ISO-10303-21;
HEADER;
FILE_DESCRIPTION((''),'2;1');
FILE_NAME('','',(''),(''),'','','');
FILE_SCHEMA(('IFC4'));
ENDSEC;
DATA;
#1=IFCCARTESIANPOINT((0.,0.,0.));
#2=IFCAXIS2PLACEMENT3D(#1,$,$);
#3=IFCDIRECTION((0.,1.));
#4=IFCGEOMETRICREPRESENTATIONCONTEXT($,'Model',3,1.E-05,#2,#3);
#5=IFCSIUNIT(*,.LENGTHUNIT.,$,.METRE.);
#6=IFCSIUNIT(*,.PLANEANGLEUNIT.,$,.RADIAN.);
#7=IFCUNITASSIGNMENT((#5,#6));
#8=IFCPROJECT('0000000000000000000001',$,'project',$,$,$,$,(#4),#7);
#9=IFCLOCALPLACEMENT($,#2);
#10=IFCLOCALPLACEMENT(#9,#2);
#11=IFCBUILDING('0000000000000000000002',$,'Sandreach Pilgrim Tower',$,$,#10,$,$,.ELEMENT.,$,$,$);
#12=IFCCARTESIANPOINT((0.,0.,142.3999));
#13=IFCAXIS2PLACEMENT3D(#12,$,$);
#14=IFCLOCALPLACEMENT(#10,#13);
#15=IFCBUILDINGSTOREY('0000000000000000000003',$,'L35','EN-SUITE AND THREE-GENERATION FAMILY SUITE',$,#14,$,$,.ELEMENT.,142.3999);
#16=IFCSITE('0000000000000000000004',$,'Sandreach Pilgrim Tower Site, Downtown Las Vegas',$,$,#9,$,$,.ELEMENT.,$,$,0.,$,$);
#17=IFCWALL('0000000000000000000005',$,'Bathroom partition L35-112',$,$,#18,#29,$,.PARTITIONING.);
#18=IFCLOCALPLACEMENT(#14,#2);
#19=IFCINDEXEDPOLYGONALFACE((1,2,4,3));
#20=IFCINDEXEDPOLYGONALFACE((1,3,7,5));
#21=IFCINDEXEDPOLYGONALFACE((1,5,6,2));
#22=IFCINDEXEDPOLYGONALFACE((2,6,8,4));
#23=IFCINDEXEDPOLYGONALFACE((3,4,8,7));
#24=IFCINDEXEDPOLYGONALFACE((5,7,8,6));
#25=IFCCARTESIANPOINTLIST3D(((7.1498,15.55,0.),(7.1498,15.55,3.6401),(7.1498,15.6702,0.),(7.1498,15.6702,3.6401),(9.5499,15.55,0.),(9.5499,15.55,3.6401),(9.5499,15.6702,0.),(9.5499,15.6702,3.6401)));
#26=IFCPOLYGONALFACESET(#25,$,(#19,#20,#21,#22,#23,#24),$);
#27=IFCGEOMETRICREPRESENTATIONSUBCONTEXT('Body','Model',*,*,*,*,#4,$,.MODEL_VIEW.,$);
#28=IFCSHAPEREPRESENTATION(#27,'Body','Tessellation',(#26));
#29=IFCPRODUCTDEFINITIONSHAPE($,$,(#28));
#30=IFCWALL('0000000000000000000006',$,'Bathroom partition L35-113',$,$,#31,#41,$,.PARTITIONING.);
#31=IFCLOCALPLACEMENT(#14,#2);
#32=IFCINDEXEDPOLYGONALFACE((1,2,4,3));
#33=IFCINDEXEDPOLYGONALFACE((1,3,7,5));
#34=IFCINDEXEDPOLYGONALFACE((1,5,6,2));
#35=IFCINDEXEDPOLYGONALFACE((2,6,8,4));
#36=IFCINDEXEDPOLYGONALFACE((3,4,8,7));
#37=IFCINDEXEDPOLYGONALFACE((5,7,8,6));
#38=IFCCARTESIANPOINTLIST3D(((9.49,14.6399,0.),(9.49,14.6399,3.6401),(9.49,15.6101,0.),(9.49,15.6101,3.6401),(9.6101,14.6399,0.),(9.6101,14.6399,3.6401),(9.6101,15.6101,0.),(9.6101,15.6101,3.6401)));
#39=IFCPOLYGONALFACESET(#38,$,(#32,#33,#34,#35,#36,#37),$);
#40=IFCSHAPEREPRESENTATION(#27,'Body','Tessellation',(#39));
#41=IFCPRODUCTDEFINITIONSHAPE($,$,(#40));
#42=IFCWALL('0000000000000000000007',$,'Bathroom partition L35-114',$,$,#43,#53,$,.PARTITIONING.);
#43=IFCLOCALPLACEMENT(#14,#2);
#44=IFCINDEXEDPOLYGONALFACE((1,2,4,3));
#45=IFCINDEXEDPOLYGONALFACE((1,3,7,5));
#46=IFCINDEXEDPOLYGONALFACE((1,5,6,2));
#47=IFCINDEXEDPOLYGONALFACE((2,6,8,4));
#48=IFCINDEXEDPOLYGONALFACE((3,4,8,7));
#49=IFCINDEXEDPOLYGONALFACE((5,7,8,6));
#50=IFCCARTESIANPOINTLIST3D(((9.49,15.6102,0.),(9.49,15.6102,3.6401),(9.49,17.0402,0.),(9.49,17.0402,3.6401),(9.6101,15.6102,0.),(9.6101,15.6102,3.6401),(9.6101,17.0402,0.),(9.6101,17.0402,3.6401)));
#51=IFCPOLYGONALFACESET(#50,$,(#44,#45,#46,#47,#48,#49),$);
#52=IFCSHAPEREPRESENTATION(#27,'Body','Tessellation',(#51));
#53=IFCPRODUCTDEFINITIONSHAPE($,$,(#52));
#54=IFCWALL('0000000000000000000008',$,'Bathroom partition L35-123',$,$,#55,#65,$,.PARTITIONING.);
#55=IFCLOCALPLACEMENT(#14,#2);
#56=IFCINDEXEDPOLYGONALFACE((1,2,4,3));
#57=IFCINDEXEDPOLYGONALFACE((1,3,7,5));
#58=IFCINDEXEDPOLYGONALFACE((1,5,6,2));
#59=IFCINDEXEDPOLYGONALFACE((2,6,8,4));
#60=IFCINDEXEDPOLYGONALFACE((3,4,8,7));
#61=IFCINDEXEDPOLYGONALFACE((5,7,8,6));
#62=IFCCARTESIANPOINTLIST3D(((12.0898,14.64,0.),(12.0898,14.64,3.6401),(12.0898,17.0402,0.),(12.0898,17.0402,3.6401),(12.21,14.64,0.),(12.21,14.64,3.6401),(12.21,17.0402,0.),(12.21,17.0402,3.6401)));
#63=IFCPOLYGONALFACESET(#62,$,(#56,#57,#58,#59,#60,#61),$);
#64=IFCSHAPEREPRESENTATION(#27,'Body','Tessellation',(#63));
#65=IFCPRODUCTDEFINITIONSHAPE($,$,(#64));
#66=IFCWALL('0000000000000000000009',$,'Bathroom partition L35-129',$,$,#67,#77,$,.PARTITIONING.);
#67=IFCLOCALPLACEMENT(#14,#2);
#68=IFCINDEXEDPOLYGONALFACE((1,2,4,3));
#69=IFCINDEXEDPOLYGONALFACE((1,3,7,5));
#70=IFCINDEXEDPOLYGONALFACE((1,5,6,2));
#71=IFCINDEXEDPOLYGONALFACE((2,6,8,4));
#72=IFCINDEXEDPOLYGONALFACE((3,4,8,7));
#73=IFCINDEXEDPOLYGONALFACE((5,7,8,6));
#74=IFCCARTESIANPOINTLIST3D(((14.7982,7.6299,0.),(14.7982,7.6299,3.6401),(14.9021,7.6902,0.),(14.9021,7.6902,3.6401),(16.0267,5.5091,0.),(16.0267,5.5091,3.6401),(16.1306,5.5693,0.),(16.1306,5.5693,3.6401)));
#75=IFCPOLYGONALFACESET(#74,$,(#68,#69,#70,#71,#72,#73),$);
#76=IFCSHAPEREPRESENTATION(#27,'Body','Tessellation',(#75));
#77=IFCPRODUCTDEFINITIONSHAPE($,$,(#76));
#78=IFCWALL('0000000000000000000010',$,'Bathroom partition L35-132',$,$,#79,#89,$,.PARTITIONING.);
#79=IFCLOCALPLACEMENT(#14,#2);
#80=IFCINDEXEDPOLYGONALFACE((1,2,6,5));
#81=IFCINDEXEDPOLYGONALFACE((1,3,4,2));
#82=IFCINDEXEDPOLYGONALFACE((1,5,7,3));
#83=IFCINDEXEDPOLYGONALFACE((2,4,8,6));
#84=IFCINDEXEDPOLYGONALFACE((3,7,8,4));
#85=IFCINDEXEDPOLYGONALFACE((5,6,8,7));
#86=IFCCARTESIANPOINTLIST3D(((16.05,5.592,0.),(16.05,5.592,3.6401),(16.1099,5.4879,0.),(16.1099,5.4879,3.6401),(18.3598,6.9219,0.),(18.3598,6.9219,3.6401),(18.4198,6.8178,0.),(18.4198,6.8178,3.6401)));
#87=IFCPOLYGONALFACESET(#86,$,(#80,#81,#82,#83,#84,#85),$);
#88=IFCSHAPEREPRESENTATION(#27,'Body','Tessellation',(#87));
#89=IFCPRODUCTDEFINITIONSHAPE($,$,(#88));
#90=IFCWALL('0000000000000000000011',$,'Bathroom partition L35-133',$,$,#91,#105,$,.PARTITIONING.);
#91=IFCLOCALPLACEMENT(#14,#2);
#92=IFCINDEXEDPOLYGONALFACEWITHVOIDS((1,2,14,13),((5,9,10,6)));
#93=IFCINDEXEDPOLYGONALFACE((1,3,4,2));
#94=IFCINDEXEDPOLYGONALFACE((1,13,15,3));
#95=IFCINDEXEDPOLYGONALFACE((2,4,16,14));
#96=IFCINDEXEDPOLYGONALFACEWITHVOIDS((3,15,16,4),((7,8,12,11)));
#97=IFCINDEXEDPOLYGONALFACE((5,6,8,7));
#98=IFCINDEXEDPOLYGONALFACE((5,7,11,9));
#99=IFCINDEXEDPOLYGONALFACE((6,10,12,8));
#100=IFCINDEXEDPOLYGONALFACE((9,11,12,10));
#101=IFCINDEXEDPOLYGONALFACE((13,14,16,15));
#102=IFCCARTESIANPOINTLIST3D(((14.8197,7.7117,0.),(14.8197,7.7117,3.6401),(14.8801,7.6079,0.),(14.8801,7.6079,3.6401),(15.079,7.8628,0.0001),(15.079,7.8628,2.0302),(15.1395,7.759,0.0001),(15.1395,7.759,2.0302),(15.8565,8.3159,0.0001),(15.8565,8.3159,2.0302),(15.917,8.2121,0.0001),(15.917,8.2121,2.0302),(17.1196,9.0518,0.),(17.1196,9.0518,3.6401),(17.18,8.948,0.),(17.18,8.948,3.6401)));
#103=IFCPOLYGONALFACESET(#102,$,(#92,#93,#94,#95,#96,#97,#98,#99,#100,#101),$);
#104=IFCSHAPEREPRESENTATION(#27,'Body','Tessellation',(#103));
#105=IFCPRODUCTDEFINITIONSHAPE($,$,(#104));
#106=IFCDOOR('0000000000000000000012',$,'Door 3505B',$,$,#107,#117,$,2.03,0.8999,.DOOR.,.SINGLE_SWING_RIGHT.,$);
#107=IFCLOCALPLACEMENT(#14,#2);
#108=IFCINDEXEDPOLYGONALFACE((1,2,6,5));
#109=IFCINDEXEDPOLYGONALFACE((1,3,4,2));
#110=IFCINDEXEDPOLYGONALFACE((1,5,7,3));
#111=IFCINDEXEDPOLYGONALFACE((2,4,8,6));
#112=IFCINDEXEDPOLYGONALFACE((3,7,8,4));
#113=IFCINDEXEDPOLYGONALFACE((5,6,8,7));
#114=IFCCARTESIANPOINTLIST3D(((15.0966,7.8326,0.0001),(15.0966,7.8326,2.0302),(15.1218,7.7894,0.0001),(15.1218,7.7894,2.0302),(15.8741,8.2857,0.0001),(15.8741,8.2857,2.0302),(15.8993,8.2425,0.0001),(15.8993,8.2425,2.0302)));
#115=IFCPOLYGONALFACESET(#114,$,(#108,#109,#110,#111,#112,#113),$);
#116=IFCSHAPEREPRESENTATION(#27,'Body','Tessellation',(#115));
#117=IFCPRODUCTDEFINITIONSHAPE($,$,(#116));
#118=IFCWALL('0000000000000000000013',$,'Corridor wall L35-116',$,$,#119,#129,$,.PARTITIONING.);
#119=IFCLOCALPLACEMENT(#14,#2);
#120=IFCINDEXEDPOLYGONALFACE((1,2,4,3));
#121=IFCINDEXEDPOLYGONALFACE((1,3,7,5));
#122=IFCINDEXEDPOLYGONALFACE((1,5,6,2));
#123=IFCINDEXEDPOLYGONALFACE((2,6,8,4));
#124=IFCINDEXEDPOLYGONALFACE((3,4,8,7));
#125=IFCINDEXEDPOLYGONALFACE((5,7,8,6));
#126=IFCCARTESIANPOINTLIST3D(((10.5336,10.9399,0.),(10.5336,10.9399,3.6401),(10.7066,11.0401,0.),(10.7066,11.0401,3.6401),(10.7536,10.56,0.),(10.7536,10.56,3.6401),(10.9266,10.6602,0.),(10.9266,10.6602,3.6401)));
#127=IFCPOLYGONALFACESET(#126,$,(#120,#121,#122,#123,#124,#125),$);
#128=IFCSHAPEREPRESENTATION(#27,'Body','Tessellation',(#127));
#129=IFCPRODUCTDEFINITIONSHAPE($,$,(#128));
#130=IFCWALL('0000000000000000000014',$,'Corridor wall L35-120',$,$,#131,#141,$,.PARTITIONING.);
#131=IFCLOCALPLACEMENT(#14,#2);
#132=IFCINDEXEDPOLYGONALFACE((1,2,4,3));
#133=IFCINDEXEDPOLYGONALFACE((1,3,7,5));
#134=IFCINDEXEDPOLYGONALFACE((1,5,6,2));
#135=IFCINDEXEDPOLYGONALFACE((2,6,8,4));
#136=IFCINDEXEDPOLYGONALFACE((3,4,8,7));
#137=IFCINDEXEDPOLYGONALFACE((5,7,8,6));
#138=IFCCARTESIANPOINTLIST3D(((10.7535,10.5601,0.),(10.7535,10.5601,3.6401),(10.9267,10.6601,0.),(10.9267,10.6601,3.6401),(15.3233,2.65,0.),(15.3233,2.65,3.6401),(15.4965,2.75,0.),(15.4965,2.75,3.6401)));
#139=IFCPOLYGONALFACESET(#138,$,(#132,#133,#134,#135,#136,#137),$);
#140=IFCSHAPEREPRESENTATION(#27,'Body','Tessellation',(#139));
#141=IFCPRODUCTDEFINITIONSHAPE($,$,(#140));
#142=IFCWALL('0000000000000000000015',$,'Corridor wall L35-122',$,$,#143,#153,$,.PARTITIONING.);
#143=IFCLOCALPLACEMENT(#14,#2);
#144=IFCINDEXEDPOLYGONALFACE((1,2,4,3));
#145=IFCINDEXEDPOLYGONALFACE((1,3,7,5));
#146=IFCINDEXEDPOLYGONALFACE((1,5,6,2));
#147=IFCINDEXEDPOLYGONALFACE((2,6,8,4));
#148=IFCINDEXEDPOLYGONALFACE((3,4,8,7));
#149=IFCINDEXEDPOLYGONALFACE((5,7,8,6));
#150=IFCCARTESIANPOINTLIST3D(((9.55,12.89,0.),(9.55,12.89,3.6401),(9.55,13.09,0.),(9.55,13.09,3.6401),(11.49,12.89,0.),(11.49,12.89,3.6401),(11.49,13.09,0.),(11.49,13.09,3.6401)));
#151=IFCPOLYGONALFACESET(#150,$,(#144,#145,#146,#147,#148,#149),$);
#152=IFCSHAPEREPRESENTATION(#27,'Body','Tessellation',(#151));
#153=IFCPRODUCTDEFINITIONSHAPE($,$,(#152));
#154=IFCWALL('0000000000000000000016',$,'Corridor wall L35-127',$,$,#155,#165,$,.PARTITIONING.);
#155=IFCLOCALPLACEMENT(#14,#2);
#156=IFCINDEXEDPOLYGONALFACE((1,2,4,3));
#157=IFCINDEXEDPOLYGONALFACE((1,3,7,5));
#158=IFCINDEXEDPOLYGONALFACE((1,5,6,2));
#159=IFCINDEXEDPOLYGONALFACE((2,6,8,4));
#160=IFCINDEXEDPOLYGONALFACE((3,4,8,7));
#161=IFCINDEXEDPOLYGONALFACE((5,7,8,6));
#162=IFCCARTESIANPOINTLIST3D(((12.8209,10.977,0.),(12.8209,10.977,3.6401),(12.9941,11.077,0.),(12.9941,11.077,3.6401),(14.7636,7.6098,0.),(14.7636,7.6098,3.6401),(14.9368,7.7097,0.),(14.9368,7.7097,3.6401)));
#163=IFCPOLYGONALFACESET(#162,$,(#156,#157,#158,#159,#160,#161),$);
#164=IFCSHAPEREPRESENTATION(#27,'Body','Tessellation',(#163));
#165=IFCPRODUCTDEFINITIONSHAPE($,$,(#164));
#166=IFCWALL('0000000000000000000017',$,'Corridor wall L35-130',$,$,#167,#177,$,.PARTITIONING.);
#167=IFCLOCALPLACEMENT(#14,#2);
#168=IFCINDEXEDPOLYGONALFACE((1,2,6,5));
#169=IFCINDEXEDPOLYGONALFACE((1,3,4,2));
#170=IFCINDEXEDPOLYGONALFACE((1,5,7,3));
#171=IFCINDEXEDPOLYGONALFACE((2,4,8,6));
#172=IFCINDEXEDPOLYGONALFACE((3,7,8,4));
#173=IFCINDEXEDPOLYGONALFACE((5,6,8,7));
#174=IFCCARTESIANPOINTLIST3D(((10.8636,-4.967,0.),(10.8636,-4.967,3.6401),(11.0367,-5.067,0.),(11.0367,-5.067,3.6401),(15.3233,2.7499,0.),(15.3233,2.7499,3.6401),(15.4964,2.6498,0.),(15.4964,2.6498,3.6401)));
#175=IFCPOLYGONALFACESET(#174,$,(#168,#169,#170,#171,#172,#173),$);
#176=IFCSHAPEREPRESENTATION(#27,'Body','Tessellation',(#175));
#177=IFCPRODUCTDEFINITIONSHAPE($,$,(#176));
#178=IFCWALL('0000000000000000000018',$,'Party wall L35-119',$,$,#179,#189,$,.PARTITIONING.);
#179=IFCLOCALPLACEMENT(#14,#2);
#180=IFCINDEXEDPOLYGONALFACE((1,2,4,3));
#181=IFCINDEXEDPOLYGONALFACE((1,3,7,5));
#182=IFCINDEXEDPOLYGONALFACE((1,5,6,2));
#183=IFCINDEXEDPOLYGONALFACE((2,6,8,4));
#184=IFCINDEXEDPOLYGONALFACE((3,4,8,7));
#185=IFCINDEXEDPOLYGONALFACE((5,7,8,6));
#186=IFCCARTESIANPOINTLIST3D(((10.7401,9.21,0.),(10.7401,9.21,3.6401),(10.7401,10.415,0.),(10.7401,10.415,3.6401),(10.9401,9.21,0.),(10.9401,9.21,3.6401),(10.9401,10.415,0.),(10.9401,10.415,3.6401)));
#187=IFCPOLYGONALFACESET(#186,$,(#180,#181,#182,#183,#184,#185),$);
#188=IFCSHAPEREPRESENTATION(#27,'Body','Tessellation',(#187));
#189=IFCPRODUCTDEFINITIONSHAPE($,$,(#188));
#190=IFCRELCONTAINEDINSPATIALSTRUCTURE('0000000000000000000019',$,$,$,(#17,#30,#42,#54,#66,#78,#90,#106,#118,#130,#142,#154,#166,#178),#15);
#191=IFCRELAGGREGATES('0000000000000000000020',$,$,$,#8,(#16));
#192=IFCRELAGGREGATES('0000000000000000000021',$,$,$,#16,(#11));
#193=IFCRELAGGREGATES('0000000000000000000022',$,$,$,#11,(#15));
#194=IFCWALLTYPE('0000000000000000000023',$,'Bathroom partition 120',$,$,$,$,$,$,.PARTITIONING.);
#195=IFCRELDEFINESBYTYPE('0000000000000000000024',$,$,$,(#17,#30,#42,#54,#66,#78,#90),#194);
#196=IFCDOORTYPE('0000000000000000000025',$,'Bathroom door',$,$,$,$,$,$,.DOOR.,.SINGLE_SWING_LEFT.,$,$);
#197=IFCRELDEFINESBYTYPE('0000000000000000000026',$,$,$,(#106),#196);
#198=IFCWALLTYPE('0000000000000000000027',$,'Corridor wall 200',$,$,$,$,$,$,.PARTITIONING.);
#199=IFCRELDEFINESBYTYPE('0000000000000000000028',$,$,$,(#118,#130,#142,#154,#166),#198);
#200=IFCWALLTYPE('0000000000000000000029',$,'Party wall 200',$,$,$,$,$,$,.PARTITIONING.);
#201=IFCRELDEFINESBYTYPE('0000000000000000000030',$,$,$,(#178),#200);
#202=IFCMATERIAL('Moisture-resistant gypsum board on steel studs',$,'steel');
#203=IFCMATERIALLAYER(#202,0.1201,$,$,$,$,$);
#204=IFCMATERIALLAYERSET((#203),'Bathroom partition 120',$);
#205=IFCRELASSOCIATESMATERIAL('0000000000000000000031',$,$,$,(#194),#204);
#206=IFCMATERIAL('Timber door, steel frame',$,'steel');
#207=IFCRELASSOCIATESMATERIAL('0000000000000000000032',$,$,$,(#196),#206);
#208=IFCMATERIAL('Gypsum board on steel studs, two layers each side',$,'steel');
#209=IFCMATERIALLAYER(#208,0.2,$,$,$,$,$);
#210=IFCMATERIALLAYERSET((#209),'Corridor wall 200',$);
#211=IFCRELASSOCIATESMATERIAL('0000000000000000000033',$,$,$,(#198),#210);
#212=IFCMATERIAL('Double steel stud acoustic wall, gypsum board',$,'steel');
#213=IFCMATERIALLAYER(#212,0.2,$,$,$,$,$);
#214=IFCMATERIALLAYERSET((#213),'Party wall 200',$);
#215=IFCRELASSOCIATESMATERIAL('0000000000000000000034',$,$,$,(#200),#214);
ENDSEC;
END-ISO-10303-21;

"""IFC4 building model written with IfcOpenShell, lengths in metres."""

from ifc_helpers import new_model, si_unit, direction, frame, frame_2d, origin, place, context, subcontext, project, spatial, rectangle, extrude, material, layer, layer_set, type_object, element, fill, save


model = new_model("IFC4")

# Units and contexts
model_context = context("Model", 3, precision=1e-05, world=origin(), true_north=direction((0.0, 1.0)))
body_context = subcontext(model_context, "Body", "Model", "MODEL_VIEW")
ifc_project = project(units=[si_unit("LENGTHUNIT", "METRE"), si_unit("PLANEANGLEUNIT", "RADIAN")], contexts=[model_context])

# Site, building, storey
site_placement = place(None, origin())
site = spatial("IfcSite", under=ifc_project, at=site_placement, Name="Sandreach Pilgrim Tower Site, Downtown Las Vegas", CompositionType="ELEMENT", RefElevation=0.0)
building_placement = place(site_placement, origin())
building = spatial("IfcBuilding", under=site, at=building_placement, Name="Sandreach Pilgrim Tower", CompositionType="ELEMENT")
storey_placement = place(building_placement, frame((0.0, 0.0, 142.3999)))
storey = spatial("IfcBuildingStorey", under=building, at=storey_placement, Name="L35", Description="EN-SUITE AND THREE-GENERATION FAMILY SUITE", CompositionType="ELEMENT", Elevation=142.3999)

# Walls
ifc_material_1 = material(Name="Moisture-resistant gypsum board on steel studs", Category="steel")
ifc_layer_1 = layer(ifc_material_1, 0.1201)
ifc_layer_set_1 = layer_set([ifc_layer_1], Name="Bathroom partition 120")
wall_type_1 = type_object("IfcWallType", Name="Bathroom partition 120", PredefinedType="PARTITIONING", material=ifc_layer_set_1)
wall_1_placement = place(storey_placement, frame((9.55, 15.6101, 0.0), z_axis=(0.0, 0.0, 1.0), x_axis=(-1.0, 0.0, 0.0)))
element("IfcWall", 1, at=wall_1_placement, inside=storey, type_object=wall_type_1, Name="Bathroom partition L35-112", PredefinedType="PARTITIONING", context=body_context, shape_type="SweptSolid", body=[
    extrude(rectangle(XDim=2.4001, YDim=0.1201, at=frame_2d((1.2002, 0.0))), origin(), (0.0, 0.0, 1.0), 3.6401),
])
wall_2_placement = place(storey_placement, frame((9.55, 15.6101, 0.0), z_axis=(0.0, 0.0, 1.0), x_axis=(0.0, -1.0, 0.0)))
element("IfcWall", 2, at=wall_2_placement, inside=storey, type_object=wall_type_1, Name="Bathroom partition L35-113", PredefinedType="PARTITIONING", context=body_context, shape_type="SweptSolid", body=[
    extrude(rectangle(XDim=0.9702, YDim=0.1201, at=frame_2d((0.4851, 0.0))), origin(), (0.0, 0.0, 1.0), 3.6401),
])
wall_3_placement = place(storey_placement, frame((9.55, 17.04, 0.0), z_axis=(0.0, 0.0, 1.0), x_axis=(0.0, -1.0, 0.0)))
element("IfcWall", 3, at=wall_3_placement, inside=storey, type_object=wall_type_1, Name="Bathroom partition L35-114", PredefinedType="PARTITIONING", context=body_context, shape_type="SweptSolid", body=[
    extrude(rectangle(XDim=1.4299, YDim=0.1201, at=frame_2d((0.7148, 0.0))), origin(), (0.0, 0.0, 1.0), 3.6401),
])
wall_4_placement = place(storey_placement, frame((12.1499, 14.6399, 0.0), z_axis=(0.0, 0.0, 1.0), x_axis=(0.0, 1.0, 0.0)))
element("IfcWall", 4, at=wall_4_placement, inside=storey, type_object=wall_type_1, Name="Bathroom partition L35-123", PredefinedType="PARTITIONING", context=body_context, shape_type="SweptSolid", body=[
    extrude(rectangle(XDim=2.4001, YDim=0.1201, at=frame_2d((1.2002, 0.0))), origin(), (0.0, 0.0, 1.0), 3.6401),
])
wall_5_placement = place(storey_placement, frame((14.8501, 7.6602, 0.0), z_axis=(0.0, 0.0, 1.0), x_axis=(0.501237, -0.86531, 0.0)))
element("IfcWall", 5, at=wall_5_placement, inside=storey, type_object=wall_type_1, Name="Bathroom partition L35-129", PredefinedType="PARTITIONING", context=body_context, shape_type="SweptSolid", body=[
    extrude(rectangle(XDim=2.4509, YDim=0.1201, at=frame_2d((1.2256, 0.0))), origin(), (0.0, 0.0, 1.0), 3.6401),
])
wall_6_placement = place(storey_placement, frame((16.0801, 5.54, 0.0), z_axis=(0.0, 0.0, 1.0), x_axis=(0.866632, 0.498948, 0.0)))
element("IfcWall", 6, at=wall_6_placement, inside=storey, type_object=wall_type_1, Name="Bathroom partition L35-132", PredefinedType="PARTITIONING", context=body_context, shape_type="SweptSolid", body=[
    extrude(rectangle(XDim=2.6653, YDim=0.1201, at=frame_2d((1.3325, 0.0))), origin(), (0.0, 0.0, 1.0), 3.6401),
])

# Wall, opening, door
wall_7_placement = place(storey_placement, frame((17.1499, 9.0, 0.0), z_axis=(0.0, 0.0, 1.0), x_axis=(-0.864018, -0.50346, 0.0)))
wall_7 = element("IfcWall", 7, at=wall_7_placement, inside=storey, type_object=wall_type_1, Name="Bathroom partition L35-133", PredefinedType="PARTITIONING", context=body_context, shape_type="SweptSolid", body=[
    extrude(rectangle(XDim=2.6619, YDim=0.1201, at=frame_2d((1.3311, 0.0))), origin(), (0.0, 0.0, 1.0), 3.6401),
])
opening_1_placement = place(wall_7_placement, frame((1.4619, 0.0, 0.0)))
opening_1 = element("IfcOpeningElement", 8, at=opening_1_placement, cuts=wall_7, PredefinedType="OPENING", context=body_context, shape_type="SweptSolid", body=[
    extrude(rectangle(XDim=0.8999, YDim=2.03, at=frame_2d((0.45, 1.0151))), frame((0.0, 0.0601, 0.0), z_axis=(0.0, -1.0, 0.0), x_axis=(1.0, 0.0, 0.0)), (0.0, 0.0, 1.0), 0.1201),
])
ifc_material_2 = material(Name="Timber door, steel frame", Category="steel")
door_type_1 = type_object("IfcDoorType", Name="Bathroom door", OperationType="SINGLE_SWING_LEFT", PredefinedType="DOOR", material=ifc_material_2)
door_1_placement = place(opening_1_placement, origin())
door_1 = element("IfcDoor", 9, at=door_1_placement, inside=storey, type_object=door_type_1, Name="Door 3505B", OperationType="SINGLE_SWING_RIGHT", OverallHeight=2.03, OverallWidth=0.8999, PredefinedType="DOOR", context=body_context, shape_type="SweptSolid", body=[
    extrude(rectangle(XDim=0.8999, YDim=2.03, at=frame_2d((0.45, 1.0151))), frame((0.0, 0.0249, 0.0), z_axis=(0.0, -1.0, 0.0), x_axis=(1.0, 0.0, 0.0)), (0.0, 0.0, 1.0), 0.05),
])
fill(opening_1, door_1)

# Wall
ifc_material_3 = material(Name="Gypsum board on steel studs, two layers each side", Category="steel")
ifc_layer_2 = layer(ifc_material_3, 0.2)
ifc_layer_set_2 = layer_set([ifc_layer_2], Name="Corridor wall 200")
wall_type_2 = type_object("IfcWallType", Name="Corridor wall 200", PredefinedType="PARTITIONING", material=ifc_layer_set_2)
wall_8_placement = place(storey_placement, frame((10.6201, 10.99, 0.0), z_axis=(0.0, 0.0, 1.0), x_axis=(0.501102, -0.865388, 0.0)))
element("IfcWall", 10, at=wall_8_placement, inside=storey, type_object=wall_type_2, Name="Corridor wall L35-116", PredefinedType="PARTITIONING", context=body_context, shape_type="SweptSolid", body=[
    extrude(rectangle(XDim=0.439, YDim=0.2, at=frame_2d((0.2195, 0.0))), origin(), (0.0, 0.0, 1.0), 3.6401),
])

# Walls
wall_9_placement = place(storey_placement, frame((10.8401, 10.6101, 0.0), z_axis=(0.0, 0.0, 1.0), x_axis=(0.500238, -0.865888, 0.0)))
element("IfcWall", 11, at=wall_9_placement, inside=storey, type_object=wall_type_2, Name="Corridor wall L35-120", PredefinedType="PARTITIONING", context=body_context, shape_type="SweptSolid", body=[
    extrude(rectangle(XDim=9.1353, YDim=0.2, at=frame_2d((4.5676, 0.0))), origin(), (0.0, 0.0, 1.0), 3.6401),
])
wall_10_placement = place(storey_placement, frame((11.49, 12.99, 0.0), z_axis=(0.0, 0.0, 1.0), x_axis=(-1.0, 0.0, 0.0)))
element("IfcWall", 12, at=wall_10_placement, inside=storey, type_object=wall_type_2, Name="Corridor wall L35-122", PredefinedType="PARTITIONING", context=body_context, shape_type="SweptSolid", body=[
    extrude(rectangle(XDim=1.9399, YDim=0.2, at=frame_2d((0.97, 0.0))), origin(), (0.0, 0.0, 1.0), 3.6401),
])

# Walls
wall_11_placement = place(storey_placement, frame((12.9075, 11.0271, 0.0), z_axis=(0.0, 0.0, 1.0), x_axis=(0.499726, -0.866183, 0.0)))
element("IfcWall", 13, at=wall_11_placement, inside=storey, type_object=wall_type_2, Name="Corridor wall L35-127", PredefinedType="PARTITIONING", context=body_context, shape_type="SweptSolid", body=[
    extrude(rectangle(XDim=3.8875, YDim=0.2, at=frame_2d((1.9438, 0.0))), origin(), (0.0, 0.0, 1.0), 3.6401),
])
wall_12_placement = place(storey_placement, frame((15.4099, 2.7, 0.0), z_axis=(0.0, 0.0, 1.0), x_axis=(-0.500372, -0.86581, 0.0)))
element("IfcWall", 14, at=wall_12_placement, inside=storey, type_object=wall_type_2, Name="Corridor wall L35-130", PredefinedType="PARTITIONING", context=body_context, shape_type="SweptSolid", body=[
    extrude(rectangle(XDim=8.9128, YDim=0.2, at=frame_2d((4.4565, 0.0))), origin(), (0.0, 0.0, 1.0), 3.6401),
])

# Wall
ifc_material_4 = material(Name="Double steel stud acoustic wall, gypsum board", Category="steel")
ifc_layer_3 = layer(ifc_material_4, 0.2)
ifc_layer_set_3 = layer_set([ifc_layer_3], Name="Party wall 200")
wall_type_3 = type_object("IfcWallType", Name="Party wall 200", PredefinedType="PARTITIONING", material=ifc_layer_set_3)
wall_13_placement = place(storey_placement, frame((10.8401, 10.415, 0.0), z_axis=(0.0, 0.0, 1.0), x_axis=(0.0, -1.0, 0.0)))
element("IfcWall", 15, at=wall_13_placement, inside=storey, type_object=wall_type_3, Name="Party wall L35-119", PredefinedType="PARTITIONING", context=body_context, shape_type="SweptSolid", body=[
    extrude(rectangle(XDim=1.2051, YDim=0.2, at=frame_2d((0.6025, 0.0))), origin(), (0.0, 0.0, 1.0), 3.6401),
])

save(model, "model.ifc")
